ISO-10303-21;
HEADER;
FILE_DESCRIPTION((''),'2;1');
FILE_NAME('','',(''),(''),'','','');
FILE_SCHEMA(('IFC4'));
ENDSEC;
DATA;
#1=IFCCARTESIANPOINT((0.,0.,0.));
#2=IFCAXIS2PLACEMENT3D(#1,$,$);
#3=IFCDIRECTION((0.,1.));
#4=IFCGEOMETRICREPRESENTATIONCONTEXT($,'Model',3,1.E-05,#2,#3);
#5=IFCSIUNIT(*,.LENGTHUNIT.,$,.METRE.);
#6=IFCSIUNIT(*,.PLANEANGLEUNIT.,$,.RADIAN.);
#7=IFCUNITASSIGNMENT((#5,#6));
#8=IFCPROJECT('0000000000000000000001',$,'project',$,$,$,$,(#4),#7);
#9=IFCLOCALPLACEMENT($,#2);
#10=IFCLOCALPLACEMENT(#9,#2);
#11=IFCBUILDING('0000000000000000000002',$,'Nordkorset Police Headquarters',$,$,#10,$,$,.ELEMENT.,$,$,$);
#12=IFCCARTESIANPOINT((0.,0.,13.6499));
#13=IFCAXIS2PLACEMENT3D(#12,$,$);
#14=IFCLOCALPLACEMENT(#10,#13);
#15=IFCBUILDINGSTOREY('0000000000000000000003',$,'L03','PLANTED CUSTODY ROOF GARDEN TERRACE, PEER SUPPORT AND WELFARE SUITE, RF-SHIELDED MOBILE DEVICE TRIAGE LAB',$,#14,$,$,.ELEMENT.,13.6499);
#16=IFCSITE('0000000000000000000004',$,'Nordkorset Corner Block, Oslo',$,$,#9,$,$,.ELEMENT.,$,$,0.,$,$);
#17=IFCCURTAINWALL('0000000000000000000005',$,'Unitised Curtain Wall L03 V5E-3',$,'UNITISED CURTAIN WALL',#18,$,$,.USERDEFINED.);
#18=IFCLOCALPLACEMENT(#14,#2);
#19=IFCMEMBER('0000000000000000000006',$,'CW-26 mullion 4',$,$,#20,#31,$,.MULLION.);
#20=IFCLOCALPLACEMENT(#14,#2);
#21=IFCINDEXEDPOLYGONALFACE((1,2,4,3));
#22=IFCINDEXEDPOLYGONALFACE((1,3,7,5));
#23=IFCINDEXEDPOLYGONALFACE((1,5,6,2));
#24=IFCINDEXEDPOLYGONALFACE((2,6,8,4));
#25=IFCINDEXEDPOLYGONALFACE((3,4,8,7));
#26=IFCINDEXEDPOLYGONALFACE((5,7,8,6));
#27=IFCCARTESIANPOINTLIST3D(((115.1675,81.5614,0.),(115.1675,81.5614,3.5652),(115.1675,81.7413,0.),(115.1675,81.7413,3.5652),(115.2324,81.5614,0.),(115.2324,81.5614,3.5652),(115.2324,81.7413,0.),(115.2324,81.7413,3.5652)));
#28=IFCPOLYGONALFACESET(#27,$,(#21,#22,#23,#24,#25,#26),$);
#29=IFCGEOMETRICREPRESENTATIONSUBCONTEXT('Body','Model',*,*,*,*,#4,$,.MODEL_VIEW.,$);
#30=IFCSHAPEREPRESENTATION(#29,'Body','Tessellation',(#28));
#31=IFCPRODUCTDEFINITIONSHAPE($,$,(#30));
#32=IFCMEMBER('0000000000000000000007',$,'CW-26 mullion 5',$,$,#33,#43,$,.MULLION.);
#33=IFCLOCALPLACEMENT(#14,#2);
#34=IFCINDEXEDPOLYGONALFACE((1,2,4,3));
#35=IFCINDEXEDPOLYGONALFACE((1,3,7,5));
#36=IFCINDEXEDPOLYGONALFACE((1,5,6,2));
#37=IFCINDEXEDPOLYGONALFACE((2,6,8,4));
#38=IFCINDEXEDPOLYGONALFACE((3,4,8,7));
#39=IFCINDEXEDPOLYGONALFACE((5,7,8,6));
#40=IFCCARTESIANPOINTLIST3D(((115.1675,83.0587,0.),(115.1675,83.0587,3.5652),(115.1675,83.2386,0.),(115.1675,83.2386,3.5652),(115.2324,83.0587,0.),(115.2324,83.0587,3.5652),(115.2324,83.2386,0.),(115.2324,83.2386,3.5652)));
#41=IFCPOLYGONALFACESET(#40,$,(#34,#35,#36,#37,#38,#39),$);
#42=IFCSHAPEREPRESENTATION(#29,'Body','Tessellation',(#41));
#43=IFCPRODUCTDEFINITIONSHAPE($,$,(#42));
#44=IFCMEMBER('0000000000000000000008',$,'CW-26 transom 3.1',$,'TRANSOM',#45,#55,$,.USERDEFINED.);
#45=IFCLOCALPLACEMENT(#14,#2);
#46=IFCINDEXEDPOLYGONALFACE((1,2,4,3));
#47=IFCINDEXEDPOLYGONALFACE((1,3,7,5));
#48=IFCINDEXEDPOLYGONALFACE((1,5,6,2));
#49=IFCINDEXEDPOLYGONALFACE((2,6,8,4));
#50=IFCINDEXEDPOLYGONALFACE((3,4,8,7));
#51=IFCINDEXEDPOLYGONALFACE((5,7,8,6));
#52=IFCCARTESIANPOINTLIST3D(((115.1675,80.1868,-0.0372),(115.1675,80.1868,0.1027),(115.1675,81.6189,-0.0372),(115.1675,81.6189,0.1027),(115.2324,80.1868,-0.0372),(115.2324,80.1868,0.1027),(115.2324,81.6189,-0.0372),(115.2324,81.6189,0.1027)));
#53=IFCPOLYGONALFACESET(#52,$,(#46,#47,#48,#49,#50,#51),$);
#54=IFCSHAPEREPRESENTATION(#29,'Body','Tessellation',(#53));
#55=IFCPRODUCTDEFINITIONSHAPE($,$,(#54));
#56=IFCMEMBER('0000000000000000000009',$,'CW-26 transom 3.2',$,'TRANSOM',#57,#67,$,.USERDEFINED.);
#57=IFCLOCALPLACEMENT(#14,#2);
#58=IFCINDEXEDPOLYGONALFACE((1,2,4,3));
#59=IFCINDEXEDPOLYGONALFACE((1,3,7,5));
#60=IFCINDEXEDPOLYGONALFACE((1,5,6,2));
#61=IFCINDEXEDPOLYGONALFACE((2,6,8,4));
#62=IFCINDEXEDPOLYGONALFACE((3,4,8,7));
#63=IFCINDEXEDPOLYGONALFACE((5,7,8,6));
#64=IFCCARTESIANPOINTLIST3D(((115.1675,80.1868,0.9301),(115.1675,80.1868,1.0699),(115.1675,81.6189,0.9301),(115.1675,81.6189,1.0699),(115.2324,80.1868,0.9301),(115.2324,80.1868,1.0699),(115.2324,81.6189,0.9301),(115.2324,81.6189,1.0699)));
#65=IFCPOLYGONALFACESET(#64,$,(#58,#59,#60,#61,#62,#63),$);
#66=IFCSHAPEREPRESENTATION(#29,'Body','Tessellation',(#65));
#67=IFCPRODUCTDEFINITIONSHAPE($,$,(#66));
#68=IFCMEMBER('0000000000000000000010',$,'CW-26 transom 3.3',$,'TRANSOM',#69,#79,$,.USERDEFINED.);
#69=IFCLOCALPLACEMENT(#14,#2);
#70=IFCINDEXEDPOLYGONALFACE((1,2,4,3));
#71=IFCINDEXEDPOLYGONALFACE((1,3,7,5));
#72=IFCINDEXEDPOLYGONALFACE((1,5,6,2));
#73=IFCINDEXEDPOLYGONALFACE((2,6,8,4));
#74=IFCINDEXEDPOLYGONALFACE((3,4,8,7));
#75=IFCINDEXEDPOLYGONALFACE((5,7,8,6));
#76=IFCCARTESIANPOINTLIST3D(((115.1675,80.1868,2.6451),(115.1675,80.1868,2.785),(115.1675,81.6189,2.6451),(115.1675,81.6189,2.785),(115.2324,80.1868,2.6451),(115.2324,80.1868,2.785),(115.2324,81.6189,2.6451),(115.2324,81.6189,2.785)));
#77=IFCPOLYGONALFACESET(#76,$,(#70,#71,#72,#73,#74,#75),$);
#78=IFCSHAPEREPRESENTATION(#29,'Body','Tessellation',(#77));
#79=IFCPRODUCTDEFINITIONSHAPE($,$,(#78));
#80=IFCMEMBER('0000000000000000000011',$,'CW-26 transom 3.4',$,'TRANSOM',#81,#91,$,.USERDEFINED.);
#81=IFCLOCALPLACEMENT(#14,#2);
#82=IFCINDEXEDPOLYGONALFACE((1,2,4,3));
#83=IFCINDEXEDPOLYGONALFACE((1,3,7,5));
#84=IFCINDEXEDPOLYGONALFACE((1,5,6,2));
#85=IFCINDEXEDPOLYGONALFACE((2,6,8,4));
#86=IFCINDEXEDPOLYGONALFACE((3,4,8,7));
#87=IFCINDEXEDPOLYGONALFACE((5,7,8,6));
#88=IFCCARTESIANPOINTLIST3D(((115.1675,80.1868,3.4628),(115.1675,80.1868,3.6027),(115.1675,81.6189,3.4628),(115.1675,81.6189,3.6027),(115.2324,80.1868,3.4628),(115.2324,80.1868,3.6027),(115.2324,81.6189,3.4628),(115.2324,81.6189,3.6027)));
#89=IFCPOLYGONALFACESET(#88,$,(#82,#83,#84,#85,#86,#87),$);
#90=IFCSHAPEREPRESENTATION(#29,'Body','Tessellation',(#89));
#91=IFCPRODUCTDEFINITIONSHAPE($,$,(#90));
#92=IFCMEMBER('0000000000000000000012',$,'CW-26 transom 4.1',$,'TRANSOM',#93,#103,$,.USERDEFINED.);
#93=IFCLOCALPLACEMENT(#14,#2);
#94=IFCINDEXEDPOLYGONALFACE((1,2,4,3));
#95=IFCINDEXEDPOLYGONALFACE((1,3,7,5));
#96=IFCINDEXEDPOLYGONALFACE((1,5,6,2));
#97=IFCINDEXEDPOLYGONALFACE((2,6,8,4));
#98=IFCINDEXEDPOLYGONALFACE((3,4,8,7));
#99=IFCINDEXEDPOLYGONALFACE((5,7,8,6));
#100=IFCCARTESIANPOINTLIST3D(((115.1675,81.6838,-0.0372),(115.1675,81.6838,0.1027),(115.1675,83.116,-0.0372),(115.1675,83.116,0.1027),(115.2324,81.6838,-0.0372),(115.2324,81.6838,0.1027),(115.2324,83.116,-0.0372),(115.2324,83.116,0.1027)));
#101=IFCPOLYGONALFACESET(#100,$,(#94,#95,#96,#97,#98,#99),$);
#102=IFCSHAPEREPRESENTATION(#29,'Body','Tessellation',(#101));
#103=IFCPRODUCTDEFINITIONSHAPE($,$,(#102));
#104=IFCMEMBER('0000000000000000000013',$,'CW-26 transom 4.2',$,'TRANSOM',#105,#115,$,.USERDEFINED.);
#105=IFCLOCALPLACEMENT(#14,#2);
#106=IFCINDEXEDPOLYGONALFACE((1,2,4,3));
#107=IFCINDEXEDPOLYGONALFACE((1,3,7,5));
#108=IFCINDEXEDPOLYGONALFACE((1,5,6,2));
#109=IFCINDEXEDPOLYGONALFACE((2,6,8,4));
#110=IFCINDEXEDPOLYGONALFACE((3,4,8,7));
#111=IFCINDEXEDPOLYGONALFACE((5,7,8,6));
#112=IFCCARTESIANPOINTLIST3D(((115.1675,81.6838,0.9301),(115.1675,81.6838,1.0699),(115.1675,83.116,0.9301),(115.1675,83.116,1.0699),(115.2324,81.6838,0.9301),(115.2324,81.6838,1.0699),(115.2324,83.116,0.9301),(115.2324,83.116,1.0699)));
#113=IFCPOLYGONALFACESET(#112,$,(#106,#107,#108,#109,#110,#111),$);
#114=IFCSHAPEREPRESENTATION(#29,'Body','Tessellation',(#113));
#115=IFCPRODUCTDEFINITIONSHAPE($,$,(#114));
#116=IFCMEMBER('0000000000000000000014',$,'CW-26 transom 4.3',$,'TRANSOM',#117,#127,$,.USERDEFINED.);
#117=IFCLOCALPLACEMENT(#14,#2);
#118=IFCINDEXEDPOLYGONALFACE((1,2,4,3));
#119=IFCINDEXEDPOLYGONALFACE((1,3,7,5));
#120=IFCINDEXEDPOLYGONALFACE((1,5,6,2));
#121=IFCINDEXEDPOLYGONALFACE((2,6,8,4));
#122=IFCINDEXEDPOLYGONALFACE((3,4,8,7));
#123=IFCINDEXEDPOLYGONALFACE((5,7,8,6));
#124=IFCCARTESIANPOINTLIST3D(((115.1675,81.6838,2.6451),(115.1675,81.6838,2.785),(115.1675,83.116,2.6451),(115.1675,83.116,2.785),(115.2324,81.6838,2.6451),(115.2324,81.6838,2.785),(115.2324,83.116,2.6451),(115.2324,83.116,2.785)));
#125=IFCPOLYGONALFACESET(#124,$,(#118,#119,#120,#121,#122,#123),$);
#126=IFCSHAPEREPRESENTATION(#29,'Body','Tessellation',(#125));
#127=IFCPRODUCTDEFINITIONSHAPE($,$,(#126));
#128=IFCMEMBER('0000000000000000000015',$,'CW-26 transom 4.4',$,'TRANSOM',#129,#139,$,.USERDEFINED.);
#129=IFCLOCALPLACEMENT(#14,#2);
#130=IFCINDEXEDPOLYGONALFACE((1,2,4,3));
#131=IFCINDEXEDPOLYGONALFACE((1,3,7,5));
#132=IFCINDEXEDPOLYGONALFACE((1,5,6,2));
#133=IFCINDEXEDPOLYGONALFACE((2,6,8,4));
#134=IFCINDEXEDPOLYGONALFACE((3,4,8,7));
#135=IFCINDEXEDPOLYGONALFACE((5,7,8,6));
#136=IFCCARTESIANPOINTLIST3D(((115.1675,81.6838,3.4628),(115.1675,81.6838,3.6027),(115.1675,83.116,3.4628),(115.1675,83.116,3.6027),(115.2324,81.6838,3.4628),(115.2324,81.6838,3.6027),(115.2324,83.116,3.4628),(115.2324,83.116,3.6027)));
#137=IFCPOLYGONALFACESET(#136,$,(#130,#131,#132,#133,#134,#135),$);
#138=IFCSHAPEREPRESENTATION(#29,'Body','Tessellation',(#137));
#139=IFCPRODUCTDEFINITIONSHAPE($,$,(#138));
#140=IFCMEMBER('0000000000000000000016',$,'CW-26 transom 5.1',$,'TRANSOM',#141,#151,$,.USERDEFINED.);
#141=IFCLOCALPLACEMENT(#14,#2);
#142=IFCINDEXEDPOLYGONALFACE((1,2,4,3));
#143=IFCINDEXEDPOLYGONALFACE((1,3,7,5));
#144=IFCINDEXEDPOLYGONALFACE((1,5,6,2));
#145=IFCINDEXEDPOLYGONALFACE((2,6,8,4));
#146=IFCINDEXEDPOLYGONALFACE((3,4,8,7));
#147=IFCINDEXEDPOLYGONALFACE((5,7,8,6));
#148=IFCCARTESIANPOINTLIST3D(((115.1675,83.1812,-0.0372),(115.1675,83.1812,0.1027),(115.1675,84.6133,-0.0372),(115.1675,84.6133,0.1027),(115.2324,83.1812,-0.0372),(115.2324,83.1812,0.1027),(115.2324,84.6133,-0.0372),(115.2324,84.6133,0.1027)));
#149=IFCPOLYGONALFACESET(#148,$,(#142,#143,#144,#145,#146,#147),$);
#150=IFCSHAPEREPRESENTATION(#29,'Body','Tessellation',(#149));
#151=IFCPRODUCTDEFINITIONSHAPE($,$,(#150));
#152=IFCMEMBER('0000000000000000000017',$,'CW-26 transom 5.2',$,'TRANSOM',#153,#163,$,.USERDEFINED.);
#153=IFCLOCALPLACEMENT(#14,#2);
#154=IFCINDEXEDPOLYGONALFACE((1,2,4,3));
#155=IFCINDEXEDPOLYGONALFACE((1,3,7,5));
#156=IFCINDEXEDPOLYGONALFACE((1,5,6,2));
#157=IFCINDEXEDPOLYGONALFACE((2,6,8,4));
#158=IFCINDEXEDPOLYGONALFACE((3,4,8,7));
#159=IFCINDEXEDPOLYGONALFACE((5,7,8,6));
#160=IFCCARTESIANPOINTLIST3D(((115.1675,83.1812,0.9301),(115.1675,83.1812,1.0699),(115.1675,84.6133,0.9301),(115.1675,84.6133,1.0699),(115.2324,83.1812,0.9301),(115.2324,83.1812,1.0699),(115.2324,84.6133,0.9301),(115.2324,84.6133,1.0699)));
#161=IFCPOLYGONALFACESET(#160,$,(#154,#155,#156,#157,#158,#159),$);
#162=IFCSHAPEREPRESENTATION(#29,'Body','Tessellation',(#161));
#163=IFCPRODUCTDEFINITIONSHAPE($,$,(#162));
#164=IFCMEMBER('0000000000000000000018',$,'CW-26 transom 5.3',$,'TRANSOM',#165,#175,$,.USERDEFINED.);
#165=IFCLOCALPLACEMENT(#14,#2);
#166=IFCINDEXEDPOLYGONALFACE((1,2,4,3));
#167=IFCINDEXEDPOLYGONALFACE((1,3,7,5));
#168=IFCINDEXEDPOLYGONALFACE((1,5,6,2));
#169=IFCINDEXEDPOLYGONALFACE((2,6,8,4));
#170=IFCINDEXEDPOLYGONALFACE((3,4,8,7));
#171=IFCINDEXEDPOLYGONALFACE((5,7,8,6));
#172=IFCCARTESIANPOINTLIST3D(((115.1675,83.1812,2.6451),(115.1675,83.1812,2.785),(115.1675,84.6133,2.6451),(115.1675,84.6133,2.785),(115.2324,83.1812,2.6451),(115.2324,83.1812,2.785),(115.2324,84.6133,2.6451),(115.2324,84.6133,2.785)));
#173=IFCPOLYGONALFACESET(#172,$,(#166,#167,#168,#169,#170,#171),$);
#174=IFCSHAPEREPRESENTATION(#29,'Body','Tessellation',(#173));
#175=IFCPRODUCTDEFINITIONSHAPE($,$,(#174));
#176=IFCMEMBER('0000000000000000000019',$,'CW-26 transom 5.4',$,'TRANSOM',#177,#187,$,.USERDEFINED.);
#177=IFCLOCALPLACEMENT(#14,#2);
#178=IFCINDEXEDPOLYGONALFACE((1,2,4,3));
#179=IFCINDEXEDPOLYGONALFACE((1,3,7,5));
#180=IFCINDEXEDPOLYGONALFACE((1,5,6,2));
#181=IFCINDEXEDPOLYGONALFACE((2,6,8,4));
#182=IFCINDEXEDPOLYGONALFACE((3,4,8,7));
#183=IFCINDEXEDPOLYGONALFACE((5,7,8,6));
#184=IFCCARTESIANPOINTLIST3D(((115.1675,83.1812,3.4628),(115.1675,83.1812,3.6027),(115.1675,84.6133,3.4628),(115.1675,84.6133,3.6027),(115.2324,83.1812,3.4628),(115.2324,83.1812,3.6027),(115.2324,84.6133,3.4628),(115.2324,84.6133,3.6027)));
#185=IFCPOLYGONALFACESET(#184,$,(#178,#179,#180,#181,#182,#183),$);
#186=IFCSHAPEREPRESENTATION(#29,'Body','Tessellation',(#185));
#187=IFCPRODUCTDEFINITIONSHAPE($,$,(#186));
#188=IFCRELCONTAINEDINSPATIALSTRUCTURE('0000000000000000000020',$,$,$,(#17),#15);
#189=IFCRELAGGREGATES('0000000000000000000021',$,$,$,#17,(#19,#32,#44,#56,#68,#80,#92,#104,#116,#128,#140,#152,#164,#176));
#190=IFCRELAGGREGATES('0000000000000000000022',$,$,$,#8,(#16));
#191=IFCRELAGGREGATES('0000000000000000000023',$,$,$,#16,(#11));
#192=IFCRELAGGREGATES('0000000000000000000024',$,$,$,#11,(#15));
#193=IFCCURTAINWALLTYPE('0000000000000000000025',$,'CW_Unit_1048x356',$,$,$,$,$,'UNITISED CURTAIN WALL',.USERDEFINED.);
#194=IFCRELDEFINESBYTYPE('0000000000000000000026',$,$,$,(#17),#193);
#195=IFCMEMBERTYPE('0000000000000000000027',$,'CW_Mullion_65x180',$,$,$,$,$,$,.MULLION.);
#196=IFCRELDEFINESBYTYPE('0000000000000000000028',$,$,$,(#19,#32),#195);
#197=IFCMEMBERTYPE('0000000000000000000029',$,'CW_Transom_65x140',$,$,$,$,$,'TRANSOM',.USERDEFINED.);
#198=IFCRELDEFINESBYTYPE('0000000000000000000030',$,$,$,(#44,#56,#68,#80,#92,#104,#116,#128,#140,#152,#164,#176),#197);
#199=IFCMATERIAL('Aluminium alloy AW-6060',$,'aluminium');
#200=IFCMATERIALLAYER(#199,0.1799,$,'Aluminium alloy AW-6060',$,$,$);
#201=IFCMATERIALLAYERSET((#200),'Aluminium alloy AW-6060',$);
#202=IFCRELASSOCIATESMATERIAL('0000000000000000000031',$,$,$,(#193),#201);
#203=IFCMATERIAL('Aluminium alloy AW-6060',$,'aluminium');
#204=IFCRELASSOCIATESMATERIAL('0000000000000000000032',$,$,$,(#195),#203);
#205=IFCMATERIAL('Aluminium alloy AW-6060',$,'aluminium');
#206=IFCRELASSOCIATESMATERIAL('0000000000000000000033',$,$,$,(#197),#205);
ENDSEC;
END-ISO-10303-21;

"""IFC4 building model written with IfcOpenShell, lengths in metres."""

from ifc_helpers import new_model, si_unit, direction, frame, origin, origin_2d, place, context, subcontext, project, spatial, rectangle, extrude, material, layer, layer_set, material_profile, profile_set, type_object, element, aggregate, save


model = new_model("IFC4")

# Units and contexts
model_context = context("Model", 3, precision=1e-05, world=origin(), true_north=direction((0.0, 1.0)))
body_context = subcontext(model_context, "Body", "Model", "MODEL_VIEW")
ifc_project = project(units=[si_unit("LENGTHUNIT", "METRE"), si_unit("PLANEANGLEUNIT", "RADIAN")], contexts=[model_context])

# Site, building, storey
site_placement = place(None, origin())
site = spatial("IfcSite", under=ifc_project, at=site_placement, Name="Nordkorset Corner Block, Oslo", CompositionType="ELEMENT", RefElevation=0.0)
building_placement = place(site_placement, origin())
building = spatial("IfcBuilding", under=site, at=building_placement, Name="Nordkorset Police Headquarters", CompositionType="ELEMENT")
storey_placement = place(building_placement, frame((0.0, 0.0, 13.6499)))
storey = spatial("IfcBuildingStorey", under=building, at=storey_placement, Name="L03", Description="PLANTED CUSTODY ROOF GARDEN TERRACE, PEER SUPPORT AND WELFARE SUITE, RF-SHIELDED MOBILE DEVICE TRIAGE LAB", CompositionType="ELEMENT", Elevation=13.6499)

# Curtain wall, members
ifc_material_1 = material(Name="Aluminium alloy AW-6060", Category="aluminium")
ifc_layer_1 = layer(ifc_material_1, 0.1799, Name="Aluminium alloy AW-6060")
ifc_layer_set_1 = layer_set([ifc_layer_1], Name="Aluminium alloy AW-6060")
curtain_wall_type = type_object("IfcCurtainWallType", Name="CW_Unit_1048x356", ElementType="UNITISED CURTAIN WALL", PredefinedType="USERDEFINED", material=ifc_layer_set_1)
curtain_wall_placement = place(storey_placement, origin())
curtain_wall = element("IfcCurtainWall", 1, at=curtain_wall_placement, inside=storey, type_object=curtain_wall_type, Name="Unitised Curtain Wall L03 V5E-3", ObjectType="UNITISED CURTAIN WALL", PredefinedType="USERDEFINED")
ifc_material_2 = material(Name="Aluminium alloy AW-6060", Category="aluminium")
ifc_material_profile_1 = material_profile(ifc_material_2, rectangle(XDim=0.0649, YDim=0.1799, at=origin_2d()), Name="ALU MULL 65x180")
ifc_profile_set_1 = profile_set([ifc_material_profile_1], Name="Aluminium alloy AW-6060")
member_type_1 = type_object("IfcMemberType", Name="CW_Mullion_65x180", PredefinedType="MULLION", material=ifc_profile_set_1)
member_1_placement = place(storey_placement, frame((115.2, 81.6514, 0.0), z_axis=(0.0, 0.0, 1.0), x_axis=(-1.0, 0.0, 0.0)))
member_1 = element("IfcMember", 2, at=member_1_placement, type_object=member_type_1, Name="CW-26 mullion 4", PredefinedType="MULLION", context=body_context, shape_type="SweptSolid", body=[
    extrude(rectangle(XDim=0.0649, YDim=0.1799, at=origin_2d()), origin(), (0.0, 0.0, 1.0), 3.5652),
])
member_2_placement = place(storey_placement, frame((115.2, 83.1487, 0.0), z_axis=(0.0, 0.0, 1.0), x_axis=(-1.0, 0.0, 0.0)))
member_2 = element("IfcMember", 3, at=member_2_placement, type_object=member_type_1, Name="CW-26 mullion 5", PredefinedType="MULLION", context=body_context, shape_type="SweptSolid", body=[
    extrude(rectangle(XDim=0.0649, YDim=0.1799, at=origin_2d()), origin(), (0.0, 0.0, 1.0), 3.5652),
])
ifc_material_3 = material(Name="Aluminium alloy AW-6060", Category="aluminium")
ifc_material_profile_2 = material_profile(ifc_material_3, rectangle(XDim=0.0649, YDim=0.1399, at=origin_2d()), Name="ALU TRAN 65x140")
ifc_profile_set_2 = profile_set([ifc_material_profile_2], Name="Aluminium alloy AW-6060")
member_type_2 = type_object("IfcMemberType", Name="CW_Transom_65x140", ElementType="TRANSOM", PredefinedType="USERDEFINED", material=ifc_profile_set_2)
member_3_placement = place(storey_placement, frame((115.2, 80.1868, 0.0327), z_axis=(0.0, 1.0, 0.0), x_axis=(-1.0, 0.0, 0.0)))
member_3 = element("IfcMember", 4, at=member_3_placement, type_object=member_type_2, Name="CW-26 transom 3.1", ObjectType="TRANSOM", PredefinedType="USERDEFINED", context=body_context, shape_type="SweptSolid", body=[
    extrude(rectangle(XDim=0.0649, YDim=0.1399, at=origin_2d()), origin(), (0.0, 0.0, 1.0), 1.4321),
])
member_4_placement = place(storey_placement, frame((115.2, 80.1868, 1.0), z_axis=(0.0, 1.0, 0.0), x_axis=(-1.0, 0.0, 0.0)))
member_4 = element("IfcMember", 5, at=member_4_placement, type_object=member_type_2, Name="CW-26 transom 3.2", ObjectType="TRANSOM", PredefinedType="USERDEFINED", context=body_context, shape_type="SweptSolid", body=[
    extrude(rectangle(XDim=0.0649, YDim=0.1399, at=origin_2d()), origin(), (0.0, 0.0, 1.0), 1.4321),
])
member_5_placement = place(storey_placement, frame((115.2, 80.1868, 2.7151), z_axis=(0.0, 1.0, 0.0), x_axis=(-1.0, 0.0, 0.0)))
member_5 = element("IfcMember", 6, at=member_5_placement, type_object=member_type_2, Name="CW-26 transom 3.3", ObjectType="TRANSOM", PredefinedType="USERDEFINED", context=body_context, shape_type="SweptSolid", body=[
    extrude(rectangle(XDim=0.0649, YDim=0.1399, at=origin_2d()), origin(), (0.0, 0.0, 1.0), 1.4321),
])
member_6_placement = place(storey_placement, frame((115.2, 80.1868, 3.5327), z_axis=(0.0, 1.0, 0.0), x_axis=(-1.0, 0.0, 0.0)))
member_6 = element("IfcMember", 7, at=member_6_placement, type_object=member_type_2, Name="CW-26 transom 3.4", ObjectType="TRANSOM", PredefinedType="USERDEFINED", context=body_context, shape_type="SweptSolid", body=[
    extrude(rectangle(XDim=0.0649, YDim=0.1399, at=origin_2d()), origin(), (0.0, 0.0, 1.0), 1.4321),
])
member_7_placement = place(storey_placement, frame((115.2, 81.6838, 0.0327), z_axis=(0.0, 1.0, 0.0), x_axis=(-1.0, 0.0, 0.0)))
member_7 = element("IfcMember", 8, at=member_7_placement, type_object=member_type_2, Name="CW-26 transom 4.1", ObjectType="TRANSOM", PredefinedType="USERDEFINED", context=body_context, shape_type="SweptSolid", body=[
    extrude(rectangle(XDim=0.0649, YDim=0.1399, at=origin_2d()), origin(), (0.0, 0.0, 1.0), 1.4321),
])
member_8_placement = place(storey_placement, frame((115.2, 81.6838, 1.0), z_axis=(0.0, 1.0, 0.0), x_axis=(-1.0, 0.0, 0.0)))
member_8 = element("IfcMember", 9, at=member_8_placement, type_object=member_type_2, Name="CW-26 transom 4.2", ObjectType="TRANSOM", PredefinedType="USERDEFINED", context=body_context, shape_type="SweptSolid", body=[
    extrude(rectangle(XDim=0.0649, YDim=0.1399, at=origin_2d()), origin(), (0.0, 0.0, 1.0), 1.4321),
])
member_9_placement = place(storey_placement, frame((115.2, 81.6838, 2.7151), z_axis=(0.0, 1.0, 0.0), x_axis=(-1.0, 0.0, 0.0)))
member_9 = element("IfcMember", 10, at=member_9_placement, type_object=member_type_2, Name="CW-26 transom 4.3", ObjectType="TRANSOM", PredefinedType="USERDEFINED", context=body_context, shape_type="SweptSolid", body=[
    extrude(rectangle(XDim=0.0649, YDim=0.1399, at=origin_2d()), origin(), (0.0, 0.0, 1.0), 1.4321),
])
member_10_placement = place(storey_placement, frame((115.2, 81.6838, 3.5327), z_axis=(0.0, 1.0, 0.0), x_axis=(-1.0, 0.0, 0.0)))
member_10 = element("IfcMember", 11, at=member_10_placement, type_object=member_type_2, Name="CW-26 transom 4.4", ObjectType="TRANSOM", PredefinedType="USERDEFINED", context=body_context, shape_type="SweptSolid", body=[
    extrude(rectangle(XDim=0.0649, YDim=0.1399, at=origin_2d()), origin(), (0.0, 0.0, 1.0), 1.4321),
])
member_11_placement = place(storey_placement, frame((115.2, 83.1812, 0.0327), z_axis=(0.0, 1.0, 0.0), x_axis=(-1.0, 0.0, 0.0)))
member_11 = element("IfcMember", 12, at=member_11_placement, type_object=member_type_2, Name="CW-26 transom 5.1", ObjectType="TRANSOM", PredefinedType="USERDEFINED", context=body_context, shape_type="SweptSolid", body=[
    extrude(rectangle(XDim=0.0649, YDim=0.1399, at=origin_2d()), origin(), (0.0, 0.0, 1.0), 1.4321),
])
member_12_placement = place(storey_placement, frame((115.2, 83.1812, 1.0), z_axis=(0.0, 1.0, 0.0), x_axis=(-1.0, 0.0, 0.0)))
member_12 = element("IfcMember", 13, at=member_12_placement, type_object=member_type_2, Name="CW-26 transom 5.2", ObjectType="TRANSOM", PredefinedType="USERDEFINED", context=body_context, shape_type="SweptSolid", body=[
    extrude(rectangle(XDim=0.0649, YDim=0.1399, at=origin_2d()), origin(), (0.0, 0.0, 1.0), 1.4321),
])
member_13_placement = place(storey_placement, frame((115.2, 83.1812, 2.7151), z_axis=(0.0, 1.0, 0.0), x_axis=(-1.0, 0.0, 0.0)))
member_13 = element("IfcMember", 14, at=member_13_placement, type_object=member_type_2, Name="CW-26 transom 5.3", ObjectType="TRANSOM", PredefinedType="USERDEFINED", context=body_context, shape_type="SweptSolid", body=[
    extrude(rectangle(XDim=0.0649, YDim=0.1399, at=origin_2d()), origin(), (0.0, 0.0, 1.0), 1.4321),
])
member_14_placement = place(storey_placement, frame((115.2, 83.1812, 3.5327), z_axis=(0.0, 1.0, 0.0), x_axis=(-1.0, 0.0, 0.0)))
member_14 = element("IfcMember", 15, at=member_14_placement, type_object=member_type_2, Name="CW-26 transom 5.4", ObjectType="TRANSOM", PredefinedType="USERDEFINED", context=body_context, shape_type="SweptSolid", body=[
    extrude(rectangle(XDim=0.0649, YDim=0.1399, at=origin_2d()), origin(), (0.0, 0.0, 1.0), 1.4321),
])
aggregate(curtain_wall, [member_1, member_2, member_3, member_4, member_5, member_6, member_7, member_8, member_9, member_10, member_11, member_12, member_13, member_14])

save(model, "model.ifc")
